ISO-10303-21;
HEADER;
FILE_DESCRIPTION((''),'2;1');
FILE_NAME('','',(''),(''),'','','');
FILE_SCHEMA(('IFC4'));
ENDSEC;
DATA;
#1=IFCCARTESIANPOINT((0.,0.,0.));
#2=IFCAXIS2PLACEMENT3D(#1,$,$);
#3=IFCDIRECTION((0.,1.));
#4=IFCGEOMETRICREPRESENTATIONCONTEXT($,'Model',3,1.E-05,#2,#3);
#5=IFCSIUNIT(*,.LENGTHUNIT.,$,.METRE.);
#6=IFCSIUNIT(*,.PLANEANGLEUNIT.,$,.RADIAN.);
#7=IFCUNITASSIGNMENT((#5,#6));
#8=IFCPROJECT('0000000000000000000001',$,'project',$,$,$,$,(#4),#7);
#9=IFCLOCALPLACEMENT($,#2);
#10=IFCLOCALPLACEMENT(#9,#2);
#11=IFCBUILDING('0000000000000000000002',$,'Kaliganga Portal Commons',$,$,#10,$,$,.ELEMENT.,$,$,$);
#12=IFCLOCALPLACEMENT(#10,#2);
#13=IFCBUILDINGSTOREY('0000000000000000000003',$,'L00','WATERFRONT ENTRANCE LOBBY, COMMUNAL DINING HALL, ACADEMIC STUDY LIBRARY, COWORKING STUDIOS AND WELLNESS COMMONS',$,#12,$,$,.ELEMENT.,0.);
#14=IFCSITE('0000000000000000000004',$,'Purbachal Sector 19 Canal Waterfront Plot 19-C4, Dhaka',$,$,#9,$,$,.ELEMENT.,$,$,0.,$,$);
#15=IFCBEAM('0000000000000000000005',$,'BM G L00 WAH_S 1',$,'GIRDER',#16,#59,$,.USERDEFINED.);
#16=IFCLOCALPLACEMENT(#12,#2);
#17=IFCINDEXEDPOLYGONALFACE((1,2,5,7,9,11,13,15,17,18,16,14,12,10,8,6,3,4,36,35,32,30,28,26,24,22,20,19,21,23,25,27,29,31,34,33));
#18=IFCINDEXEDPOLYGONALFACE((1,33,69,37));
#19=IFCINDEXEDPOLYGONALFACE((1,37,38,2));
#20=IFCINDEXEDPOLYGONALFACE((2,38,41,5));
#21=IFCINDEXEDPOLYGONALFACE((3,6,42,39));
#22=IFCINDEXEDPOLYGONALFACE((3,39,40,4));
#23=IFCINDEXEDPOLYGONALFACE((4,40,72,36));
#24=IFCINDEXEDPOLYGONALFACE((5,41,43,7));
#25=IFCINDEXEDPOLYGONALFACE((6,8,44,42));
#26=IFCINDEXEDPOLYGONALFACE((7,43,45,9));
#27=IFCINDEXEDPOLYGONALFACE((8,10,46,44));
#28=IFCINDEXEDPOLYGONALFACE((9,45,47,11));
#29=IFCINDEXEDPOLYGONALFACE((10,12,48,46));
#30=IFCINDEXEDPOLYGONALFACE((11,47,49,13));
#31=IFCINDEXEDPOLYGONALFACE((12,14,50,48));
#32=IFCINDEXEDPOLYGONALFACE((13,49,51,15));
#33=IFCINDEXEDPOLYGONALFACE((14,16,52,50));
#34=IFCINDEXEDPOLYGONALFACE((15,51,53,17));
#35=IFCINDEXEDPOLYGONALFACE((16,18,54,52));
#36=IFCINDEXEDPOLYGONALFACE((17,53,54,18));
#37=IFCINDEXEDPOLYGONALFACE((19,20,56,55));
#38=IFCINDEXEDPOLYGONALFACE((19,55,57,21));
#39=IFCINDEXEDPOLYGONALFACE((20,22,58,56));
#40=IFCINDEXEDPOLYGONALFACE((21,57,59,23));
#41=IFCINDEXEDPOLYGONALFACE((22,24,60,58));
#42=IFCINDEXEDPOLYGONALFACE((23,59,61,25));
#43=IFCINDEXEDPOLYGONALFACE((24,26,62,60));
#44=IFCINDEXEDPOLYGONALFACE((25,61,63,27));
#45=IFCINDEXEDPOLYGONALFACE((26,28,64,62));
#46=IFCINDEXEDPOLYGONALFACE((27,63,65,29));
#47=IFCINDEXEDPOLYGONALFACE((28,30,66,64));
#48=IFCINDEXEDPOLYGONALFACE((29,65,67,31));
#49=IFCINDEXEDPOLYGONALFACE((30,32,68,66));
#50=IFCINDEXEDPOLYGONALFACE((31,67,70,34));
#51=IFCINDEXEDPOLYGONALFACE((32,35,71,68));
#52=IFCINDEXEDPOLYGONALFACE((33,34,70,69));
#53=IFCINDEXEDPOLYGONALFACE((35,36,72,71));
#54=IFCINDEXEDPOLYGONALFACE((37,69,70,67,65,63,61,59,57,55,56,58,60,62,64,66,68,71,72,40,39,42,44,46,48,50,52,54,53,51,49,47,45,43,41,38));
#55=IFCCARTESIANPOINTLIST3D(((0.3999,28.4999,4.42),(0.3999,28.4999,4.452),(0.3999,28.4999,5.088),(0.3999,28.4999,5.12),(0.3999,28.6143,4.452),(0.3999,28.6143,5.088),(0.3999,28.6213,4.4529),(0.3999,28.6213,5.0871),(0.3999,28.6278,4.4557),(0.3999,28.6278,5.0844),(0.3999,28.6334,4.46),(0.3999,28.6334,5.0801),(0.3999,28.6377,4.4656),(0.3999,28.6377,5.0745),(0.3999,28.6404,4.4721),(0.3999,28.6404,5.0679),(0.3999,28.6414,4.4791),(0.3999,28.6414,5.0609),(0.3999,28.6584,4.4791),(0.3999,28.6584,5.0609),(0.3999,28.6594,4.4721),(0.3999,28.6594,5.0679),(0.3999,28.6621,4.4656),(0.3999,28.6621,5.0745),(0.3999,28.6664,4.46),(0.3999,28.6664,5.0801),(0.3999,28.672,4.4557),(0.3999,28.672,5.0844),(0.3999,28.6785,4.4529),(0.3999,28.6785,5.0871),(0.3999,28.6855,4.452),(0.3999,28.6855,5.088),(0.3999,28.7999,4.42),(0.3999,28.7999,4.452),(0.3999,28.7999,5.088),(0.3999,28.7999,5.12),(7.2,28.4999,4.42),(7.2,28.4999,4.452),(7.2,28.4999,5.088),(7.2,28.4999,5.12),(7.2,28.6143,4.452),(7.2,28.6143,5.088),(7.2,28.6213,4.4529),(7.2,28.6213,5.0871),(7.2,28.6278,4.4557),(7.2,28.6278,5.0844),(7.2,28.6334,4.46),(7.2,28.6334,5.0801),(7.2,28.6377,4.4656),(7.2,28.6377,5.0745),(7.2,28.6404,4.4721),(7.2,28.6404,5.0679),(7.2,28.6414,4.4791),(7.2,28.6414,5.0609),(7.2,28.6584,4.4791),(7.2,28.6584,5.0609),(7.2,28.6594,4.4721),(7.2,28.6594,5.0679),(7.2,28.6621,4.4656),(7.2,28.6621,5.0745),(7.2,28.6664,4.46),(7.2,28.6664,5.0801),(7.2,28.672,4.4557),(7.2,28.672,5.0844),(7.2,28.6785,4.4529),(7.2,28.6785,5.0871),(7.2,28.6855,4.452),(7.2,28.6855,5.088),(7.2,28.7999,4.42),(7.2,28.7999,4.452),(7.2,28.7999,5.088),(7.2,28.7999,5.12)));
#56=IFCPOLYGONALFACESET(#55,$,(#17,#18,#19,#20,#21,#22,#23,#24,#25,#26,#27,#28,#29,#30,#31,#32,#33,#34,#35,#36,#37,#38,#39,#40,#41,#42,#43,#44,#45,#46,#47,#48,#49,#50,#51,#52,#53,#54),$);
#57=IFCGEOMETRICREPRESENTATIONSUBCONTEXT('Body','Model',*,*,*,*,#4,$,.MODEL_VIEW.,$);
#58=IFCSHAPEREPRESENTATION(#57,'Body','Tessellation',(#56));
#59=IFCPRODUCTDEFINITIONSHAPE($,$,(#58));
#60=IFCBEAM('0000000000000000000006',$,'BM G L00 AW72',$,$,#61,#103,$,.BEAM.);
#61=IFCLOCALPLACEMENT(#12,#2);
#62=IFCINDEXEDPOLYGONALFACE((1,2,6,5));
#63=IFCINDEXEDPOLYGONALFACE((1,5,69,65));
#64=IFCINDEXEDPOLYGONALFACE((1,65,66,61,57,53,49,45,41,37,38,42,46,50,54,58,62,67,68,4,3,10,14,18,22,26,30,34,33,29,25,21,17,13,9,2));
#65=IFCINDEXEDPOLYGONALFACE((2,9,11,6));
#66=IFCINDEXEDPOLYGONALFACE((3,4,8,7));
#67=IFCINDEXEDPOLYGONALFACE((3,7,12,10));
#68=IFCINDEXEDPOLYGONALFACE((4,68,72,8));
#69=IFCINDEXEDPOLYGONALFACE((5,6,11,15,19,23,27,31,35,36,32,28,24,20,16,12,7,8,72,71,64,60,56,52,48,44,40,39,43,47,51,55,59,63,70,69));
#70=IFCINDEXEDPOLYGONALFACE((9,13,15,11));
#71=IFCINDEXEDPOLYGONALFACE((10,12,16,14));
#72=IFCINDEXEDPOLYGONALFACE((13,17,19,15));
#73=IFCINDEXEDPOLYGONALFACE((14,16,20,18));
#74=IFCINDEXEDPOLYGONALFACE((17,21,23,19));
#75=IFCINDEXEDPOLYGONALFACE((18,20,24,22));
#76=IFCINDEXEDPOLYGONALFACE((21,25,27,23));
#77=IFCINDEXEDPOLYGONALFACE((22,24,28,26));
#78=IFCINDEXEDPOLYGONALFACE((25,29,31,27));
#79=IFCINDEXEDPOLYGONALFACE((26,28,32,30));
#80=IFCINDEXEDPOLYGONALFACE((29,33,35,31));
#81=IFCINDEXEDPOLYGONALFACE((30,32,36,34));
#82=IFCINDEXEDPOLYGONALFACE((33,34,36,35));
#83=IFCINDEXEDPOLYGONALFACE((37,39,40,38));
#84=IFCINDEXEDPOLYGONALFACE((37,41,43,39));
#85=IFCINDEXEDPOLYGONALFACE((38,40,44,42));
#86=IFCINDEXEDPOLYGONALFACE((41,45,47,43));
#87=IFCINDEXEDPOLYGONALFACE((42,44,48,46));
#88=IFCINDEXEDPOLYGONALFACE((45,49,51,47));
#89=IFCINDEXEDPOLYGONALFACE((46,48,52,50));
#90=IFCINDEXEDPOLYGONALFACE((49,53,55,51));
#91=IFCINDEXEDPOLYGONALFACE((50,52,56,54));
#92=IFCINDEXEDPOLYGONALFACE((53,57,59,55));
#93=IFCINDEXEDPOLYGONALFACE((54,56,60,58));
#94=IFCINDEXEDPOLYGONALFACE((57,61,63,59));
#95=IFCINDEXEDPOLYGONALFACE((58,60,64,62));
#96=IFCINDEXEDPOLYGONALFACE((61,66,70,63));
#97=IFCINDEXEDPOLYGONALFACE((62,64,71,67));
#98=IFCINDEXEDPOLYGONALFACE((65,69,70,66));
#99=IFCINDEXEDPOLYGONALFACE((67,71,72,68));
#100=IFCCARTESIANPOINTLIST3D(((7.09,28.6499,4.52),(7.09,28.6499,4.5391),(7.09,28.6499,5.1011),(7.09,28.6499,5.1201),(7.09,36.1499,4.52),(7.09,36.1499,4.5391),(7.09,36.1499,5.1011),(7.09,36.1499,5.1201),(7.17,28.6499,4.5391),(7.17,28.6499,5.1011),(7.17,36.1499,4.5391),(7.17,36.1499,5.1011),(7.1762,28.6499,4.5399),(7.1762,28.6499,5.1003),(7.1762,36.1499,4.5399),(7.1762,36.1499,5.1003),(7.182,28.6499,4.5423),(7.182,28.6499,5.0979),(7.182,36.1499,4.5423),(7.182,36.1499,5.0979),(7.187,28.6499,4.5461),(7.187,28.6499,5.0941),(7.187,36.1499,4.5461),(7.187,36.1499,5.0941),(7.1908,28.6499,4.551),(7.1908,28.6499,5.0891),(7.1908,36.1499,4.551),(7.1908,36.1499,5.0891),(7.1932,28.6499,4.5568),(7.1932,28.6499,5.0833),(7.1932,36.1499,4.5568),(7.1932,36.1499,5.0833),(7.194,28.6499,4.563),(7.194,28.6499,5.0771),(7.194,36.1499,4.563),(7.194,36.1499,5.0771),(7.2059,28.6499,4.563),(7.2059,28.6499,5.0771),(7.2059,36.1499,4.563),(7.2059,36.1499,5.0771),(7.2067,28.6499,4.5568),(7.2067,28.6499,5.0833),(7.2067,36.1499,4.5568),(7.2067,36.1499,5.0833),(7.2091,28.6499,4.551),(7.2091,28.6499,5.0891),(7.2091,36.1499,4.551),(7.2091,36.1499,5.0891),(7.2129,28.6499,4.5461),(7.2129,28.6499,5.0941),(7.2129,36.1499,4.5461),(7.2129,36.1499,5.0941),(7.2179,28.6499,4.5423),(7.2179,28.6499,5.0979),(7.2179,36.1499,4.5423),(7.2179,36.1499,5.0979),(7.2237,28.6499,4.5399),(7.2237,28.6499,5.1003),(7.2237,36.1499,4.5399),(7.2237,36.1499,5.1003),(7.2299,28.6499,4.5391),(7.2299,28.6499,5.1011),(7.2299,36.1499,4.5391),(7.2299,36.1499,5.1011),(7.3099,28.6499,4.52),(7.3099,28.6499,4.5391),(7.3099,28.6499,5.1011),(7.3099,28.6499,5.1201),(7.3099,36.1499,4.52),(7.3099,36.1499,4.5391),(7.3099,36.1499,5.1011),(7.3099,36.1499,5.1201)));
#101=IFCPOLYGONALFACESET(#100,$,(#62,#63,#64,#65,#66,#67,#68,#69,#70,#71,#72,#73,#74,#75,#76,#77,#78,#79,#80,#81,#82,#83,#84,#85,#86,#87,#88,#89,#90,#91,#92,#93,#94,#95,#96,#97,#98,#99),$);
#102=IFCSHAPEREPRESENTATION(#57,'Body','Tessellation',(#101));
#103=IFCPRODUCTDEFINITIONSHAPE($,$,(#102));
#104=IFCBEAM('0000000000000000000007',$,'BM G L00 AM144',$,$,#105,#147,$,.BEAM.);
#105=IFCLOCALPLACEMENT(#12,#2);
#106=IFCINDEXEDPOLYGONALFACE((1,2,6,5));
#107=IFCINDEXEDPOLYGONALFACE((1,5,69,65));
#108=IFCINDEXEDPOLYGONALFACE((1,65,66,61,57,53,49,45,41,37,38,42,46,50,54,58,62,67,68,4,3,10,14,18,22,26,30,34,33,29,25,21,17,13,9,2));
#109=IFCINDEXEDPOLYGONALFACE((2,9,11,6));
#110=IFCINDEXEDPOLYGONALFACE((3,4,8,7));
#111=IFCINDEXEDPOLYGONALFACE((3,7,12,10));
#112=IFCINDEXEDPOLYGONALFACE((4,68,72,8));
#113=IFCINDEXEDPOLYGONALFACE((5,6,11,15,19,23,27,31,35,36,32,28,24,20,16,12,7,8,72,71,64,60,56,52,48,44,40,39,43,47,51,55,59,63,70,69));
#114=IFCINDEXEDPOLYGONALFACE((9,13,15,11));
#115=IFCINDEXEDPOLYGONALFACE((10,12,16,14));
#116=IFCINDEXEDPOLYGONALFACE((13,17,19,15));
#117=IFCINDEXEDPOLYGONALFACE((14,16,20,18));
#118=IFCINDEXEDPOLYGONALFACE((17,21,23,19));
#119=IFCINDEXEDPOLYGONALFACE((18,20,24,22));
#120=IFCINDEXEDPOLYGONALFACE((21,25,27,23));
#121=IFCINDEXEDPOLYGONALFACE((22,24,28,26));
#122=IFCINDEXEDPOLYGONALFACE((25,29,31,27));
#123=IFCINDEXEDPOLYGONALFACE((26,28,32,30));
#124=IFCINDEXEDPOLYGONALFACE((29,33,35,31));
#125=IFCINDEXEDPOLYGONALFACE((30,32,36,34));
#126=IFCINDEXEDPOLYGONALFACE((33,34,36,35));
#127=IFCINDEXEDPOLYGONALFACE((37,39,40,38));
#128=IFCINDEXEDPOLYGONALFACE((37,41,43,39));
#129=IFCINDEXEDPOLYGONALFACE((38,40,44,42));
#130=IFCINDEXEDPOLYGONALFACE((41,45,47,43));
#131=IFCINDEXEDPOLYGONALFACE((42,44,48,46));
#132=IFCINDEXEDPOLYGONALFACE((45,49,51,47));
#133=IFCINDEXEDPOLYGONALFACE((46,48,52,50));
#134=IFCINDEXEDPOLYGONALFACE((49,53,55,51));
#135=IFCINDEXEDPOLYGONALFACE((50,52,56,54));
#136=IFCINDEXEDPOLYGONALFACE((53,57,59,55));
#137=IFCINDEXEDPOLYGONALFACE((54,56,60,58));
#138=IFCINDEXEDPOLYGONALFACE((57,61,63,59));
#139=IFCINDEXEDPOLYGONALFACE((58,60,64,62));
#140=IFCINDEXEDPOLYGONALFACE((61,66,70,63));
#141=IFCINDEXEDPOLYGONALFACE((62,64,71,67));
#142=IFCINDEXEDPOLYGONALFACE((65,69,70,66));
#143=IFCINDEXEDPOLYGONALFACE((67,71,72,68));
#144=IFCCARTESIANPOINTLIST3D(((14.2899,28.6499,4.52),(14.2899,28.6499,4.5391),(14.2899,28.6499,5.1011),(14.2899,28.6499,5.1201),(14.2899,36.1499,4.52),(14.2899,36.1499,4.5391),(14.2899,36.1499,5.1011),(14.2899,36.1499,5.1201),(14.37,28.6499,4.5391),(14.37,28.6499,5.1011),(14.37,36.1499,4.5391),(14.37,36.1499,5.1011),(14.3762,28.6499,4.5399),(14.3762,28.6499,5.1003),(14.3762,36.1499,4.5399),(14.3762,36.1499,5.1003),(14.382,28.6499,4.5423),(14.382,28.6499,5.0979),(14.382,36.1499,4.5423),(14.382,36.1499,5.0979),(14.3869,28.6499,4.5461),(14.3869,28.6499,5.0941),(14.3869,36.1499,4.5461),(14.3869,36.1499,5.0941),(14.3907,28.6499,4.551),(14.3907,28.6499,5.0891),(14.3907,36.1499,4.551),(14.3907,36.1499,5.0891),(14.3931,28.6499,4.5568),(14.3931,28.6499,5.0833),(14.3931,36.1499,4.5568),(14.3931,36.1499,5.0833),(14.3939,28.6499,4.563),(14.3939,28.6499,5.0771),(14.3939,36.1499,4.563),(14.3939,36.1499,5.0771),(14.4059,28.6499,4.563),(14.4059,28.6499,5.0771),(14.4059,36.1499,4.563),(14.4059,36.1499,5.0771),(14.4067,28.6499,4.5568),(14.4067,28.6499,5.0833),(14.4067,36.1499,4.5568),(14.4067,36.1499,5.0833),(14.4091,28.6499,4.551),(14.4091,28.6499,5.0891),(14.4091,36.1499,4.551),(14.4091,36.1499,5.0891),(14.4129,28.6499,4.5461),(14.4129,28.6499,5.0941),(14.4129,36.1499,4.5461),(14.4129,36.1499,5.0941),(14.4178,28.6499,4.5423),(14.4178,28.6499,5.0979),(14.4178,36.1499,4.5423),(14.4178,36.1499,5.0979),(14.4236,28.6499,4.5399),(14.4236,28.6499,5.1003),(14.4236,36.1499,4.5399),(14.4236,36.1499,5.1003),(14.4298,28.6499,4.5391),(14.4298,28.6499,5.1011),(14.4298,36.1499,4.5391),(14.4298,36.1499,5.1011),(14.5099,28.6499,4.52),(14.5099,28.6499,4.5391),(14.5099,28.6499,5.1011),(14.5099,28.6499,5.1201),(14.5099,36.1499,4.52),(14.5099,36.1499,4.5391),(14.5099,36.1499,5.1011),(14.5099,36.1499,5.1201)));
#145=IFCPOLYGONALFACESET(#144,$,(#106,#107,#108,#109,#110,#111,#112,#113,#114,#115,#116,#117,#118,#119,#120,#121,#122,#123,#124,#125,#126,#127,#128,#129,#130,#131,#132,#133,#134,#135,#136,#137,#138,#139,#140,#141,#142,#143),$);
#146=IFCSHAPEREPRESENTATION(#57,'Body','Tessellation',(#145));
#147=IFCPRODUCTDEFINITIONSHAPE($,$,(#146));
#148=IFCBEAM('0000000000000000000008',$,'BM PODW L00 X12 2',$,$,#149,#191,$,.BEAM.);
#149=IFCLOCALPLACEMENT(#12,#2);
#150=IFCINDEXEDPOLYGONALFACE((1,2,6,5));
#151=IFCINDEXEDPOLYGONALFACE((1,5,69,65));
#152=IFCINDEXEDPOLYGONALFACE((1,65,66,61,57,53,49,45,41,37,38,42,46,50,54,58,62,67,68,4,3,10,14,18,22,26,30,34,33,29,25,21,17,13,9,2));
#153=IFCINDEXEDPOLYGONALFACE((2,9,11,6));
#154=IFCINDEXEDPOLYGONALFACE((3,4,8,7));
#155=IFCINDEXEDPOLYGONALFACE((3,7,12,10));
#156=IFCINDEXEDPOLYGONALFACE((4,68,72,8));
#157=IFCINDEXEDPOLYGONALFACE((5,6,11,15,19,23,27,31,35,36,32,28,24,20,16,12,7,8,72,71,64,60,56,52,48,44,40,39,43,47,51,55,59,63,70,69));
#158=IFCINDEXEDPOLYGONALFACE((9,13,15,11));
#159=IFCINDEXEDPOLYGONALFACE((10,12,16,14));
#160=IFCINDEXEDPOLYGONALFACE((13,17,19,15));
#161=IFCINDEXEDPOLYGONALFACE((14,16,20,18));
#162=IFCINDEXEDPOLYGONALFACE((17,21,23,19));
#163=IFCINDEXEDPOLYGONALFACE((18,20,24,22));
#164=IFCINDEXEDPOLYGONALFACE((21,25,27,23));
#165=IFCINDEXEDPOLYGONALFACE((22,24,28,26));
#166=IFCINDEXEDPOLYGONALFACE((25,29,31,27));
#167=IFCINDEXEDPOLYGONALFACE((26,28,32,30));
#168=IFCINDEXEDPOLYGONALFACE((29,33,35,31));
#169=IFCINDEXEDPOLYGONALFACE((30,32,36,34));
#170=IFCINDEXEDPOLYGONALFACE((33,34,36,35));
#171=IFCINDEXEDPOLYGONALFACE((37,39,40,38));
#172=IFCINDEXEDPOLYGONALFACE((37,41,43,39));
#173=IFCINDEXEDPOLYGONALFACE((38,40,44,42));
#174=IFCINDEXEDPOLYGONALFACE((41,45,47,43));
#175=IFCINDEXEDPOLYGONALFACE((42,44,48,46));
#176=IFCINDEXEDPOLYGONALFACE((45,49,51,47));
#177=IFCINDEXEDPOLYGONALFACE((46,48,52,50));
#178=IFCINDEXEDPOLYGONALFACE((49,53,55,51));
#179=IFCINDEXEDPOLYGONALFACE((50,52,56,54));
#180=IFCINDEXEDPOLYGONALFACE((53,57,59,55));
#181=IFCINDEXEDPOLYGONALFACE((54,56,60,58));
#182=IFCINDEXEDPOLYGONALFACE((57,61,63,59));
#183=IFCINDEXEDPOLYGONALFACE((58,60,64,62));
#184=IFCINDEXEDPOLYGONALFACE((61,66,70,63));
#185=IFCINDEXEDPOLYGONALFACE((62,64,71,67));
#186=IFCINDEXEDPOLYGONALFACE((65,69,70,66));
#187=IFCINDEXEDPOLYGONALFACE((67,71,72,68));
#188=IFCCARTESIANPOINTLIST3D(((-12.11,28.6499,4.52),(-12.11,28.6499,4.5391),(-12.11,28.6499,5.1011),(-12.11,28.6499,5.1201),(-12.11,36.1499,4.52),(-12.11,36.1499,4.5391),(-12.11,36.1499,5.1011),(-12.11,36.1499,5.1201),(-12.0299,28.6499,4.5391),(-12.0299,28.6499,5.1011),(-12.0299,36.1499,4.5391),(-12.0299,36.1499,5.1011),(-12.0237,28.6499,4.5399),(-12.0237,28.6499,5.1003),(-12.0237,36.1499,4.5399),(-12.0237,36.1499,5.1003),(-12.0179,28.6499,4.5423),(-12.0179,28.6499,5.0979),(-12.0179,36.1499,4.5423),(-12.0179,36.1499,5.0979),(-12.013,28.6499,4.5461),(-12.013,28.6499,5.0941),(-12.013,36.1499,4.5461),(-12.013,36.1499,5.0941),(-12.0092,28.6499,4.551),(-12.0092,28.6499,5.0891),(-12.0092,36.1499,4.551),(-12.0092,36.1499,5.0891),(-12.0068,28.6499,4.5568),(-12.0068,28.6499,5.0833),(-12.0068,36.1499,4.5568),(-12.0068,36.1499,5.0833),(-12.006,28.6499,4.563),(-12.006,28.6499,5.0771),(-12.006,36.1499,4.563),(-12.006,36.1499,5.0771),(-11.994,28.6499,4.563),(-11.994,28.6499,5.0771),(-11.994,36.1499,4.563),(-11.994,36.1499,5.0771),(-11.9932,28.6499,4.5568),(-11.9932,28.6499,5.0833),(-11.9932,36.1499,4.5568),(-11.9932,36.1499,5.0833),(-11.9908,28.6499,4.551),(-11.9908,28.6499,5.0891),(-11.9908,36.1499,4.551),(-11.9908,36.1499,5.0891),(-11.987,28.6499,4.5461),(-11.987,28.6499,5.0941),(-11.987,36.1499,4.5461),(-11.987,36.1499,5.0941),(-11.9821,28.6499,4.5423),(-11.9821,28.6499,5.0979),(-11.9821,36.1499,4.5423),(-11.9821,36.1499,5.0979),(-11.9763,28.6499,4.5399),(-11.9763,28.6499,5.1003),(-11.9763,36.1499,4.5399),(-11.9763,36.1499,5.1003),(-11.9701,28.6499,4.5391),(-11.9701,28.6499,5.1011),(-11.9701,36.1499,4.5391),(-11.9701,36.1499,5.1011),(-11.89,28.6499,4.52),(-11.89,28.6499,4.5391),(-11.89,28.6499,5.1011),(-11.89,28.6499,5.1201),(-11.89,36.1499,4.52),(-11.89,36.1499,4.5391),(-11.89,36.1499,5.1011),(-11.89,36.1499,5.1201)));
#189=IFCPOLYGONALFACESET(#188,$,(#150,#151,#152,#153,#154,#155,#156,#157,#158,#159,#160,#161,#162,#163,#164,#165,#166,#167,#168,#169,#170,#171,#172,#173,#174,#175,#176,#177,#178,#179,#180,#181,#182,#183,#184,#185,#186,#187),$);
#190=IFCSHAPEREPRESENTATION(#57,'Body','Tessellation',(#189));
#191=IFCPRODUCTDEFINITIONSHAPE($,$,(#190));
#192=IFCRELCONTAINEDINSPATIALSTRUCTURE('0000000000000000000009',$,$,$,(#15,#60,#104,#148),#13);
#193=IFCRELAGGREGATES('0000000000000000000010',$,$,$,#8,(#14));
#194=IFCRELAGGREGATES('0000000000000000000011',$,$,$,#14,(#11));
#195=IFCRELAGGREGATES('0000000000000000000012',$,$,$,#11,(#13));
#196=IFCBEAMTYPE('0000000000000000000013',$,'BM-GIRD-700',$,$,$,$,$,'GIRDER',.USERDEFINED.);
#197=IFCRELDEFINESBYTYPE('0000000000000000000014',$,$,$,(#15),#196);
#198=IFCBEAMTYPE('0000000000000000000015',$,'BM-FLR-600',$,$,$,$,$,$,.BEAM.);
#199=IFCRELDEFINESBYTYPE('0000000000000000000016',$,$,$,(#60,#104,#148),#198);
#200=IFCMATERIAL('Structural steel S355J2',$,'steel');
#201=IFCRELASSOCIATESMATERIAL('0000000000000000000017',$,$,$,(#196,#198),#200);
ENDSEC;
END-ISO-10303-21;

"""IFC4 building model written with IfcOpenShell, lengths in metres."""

from ifc_helpers import new_model, si_unit, direction, frame, origin, origin_2d, place, context, subcontext, project, spatial, i_section, extrude, source, transform, mapped, material, material_profile, profile_set, type_object, element, save


model = new_model("IFC4")

# Units and contexts
model_context = context("Model", 3, precision=1e-05, world=origin(), true_north=direction((0.0, 1.0)))
body_context = subcontext(model_context, "Body", "Model", "MODEL_VIEW")
ifc_project = project(units=[si_unit("LENGTHUNIT", "METRE"), si_unit("PLANEANGLEUNIT", "RADIAN")], contexts=[model_context])

# Site, building, storey
site_placement = place(None, origin())
site = spatial("IfcSite", under=ifc_project, at=site_placement, Name="Purbachal Sector 19 Canal Waterfront Plot 19-C4, Dhaka", CompositionType="ELEMENT", RefElevation=0.0)
building_placement = place(site_placement, origin())
building = spatial("IfcBuilding", under=site, at=building_placement, Name="Kaliganga Portal Commons", CompositionType="ELEMENT")
storey_placement = place(building_placement, origin())
storey = spatial("IfcBuildingStorey", under=building, at=storey_placement, Name="L00", Description="WATERFRONT ENTRANCE LOBBY, COMMUNAL DINING HALL, ACADEMIC STUDY LIBRARY, COWORKING STUDIOS AND WELLNESS COMMONS", CompositionType="ELEMENT", Elevation=0.0)

# Beams
ifc_material_1 = material(Name="Structural steel S355J2", Category="steel")
ifc_material_profile_1 = material_profile(ifc_material_1, i_section(OverallWidth=0.3, OverallDepth=0.7, WebThickness=0.0171, FlangeThickness=0.032, FilletRadius=0.0271, at=origin_2d()), Name="HE 700 B")
ifc_profile_set_1 = profile_set([ifc_material_profile_1], Name="Structural steel S355J2 wide-flange")
beam_type_1 = type_object("IfcBeamType", Name="BM-GIRD-700", ElementType="GIRDER", PredefinedType="USERDEFINED", material=ifc_profile_set_1)
shared_shape_1 = source(origin(), body_context, "Body", "SweptSolid", [
    extrude(i_section(OverallWidth=0.3, OverallDepth=0.7, WebThickness=0.0171, FlangeThickness=0.032, FilletRadius=0.0271, at=origin_2d()), origin(), (0.0, 0.0, 1.0), 6.8),
])
beam_1_placement = place(storey_placement, frame((0.3999, 28.6499, 4.77), z_axis=(1.0, 0.0, 0.0), x_axis=(0.0, 1.0, 0.0)))
element("IfcBeam", 1, at=beam_1_placement, inside=storey, type_object=beam_type_1, Name="BM G L00 WAH_S 1", ObjectType="GIRDER", PredefinedType="USERDEFINED", context=body_context, shape_type="MappedRepresentation", body=[
    mapped(shared_shape_1, transform((0.0, 0.0, 0.0), x_axis=(1.0, 0.0, 0.0), y_axis=(0.0, 1.0, 0.0), z_axis=(0.0, 0.0, 1.0), scale=1.0)),
])
ifc_material_profile_2 = material_profile(ifc_material_1, i_section(OverallWidth=0.22, OverallDepth=0.6001, WebThickness=0.012, FlangeThickness=0.019, FilletRadius=0.0239, at=origin_2d()), Name="IPE 600")
ifc_profile_set_2 = profile_set([ifc_material_profile_2], Name="Structural steel S355J2 wide-flange")
beam_type_2 = type_object("IfcBeamType", Name="BM-FLR-600", PredefinedType="BEAM", material=ifc_profile_set_2)
shared_shape_2 = source(origin(), body_context, "Body", "SweptSolid", [
    extrude(i_section(OverallWidth=0.22, OverallDepth=0.6001, WebThickness=0.012, FlangeThickness=0.019, FilletRadius=0.0239, at=origin_2d()), origin(), (0.0, 0.0, 1.0), 7.5),
])
for number, where, z_axis, x_axis, name in (
    (2, (7.2, 28.6499, 4.8201), (0.0, 1.0, 0.0), (-1.0, 0.0, 0.0), "BM G L00 AW72"),
    (3, (14.3999, 28.6499, 4.8201), (0.0, 1.0, 0.0), (-1.0, 0.0, 0.0), "BM G L00 AM144"),
    (4, (-12.0, 28.6499, 4.8201), (0.0, 1.0, 0.0), (-1.0, 0.0, 0.0), "BM PODW L00 X12 2"),
):
    element("IfcBeam", number, at=place(storey_placement, frame(where, z_axis=z_axis, x_axis=x_axis)), inside=storey, type_object=beam_type_2, Name=name, PredefinedType="BEAM", context=body_context, shape_type="MappedRepresentation", body=[
        mapped(shared_shape_2, transform((0.0, 0.0, 0.0), x_axis=(1.0, 0.0, 0.0), y_axis=(0.0, 1.0, 0.0), z_axis=(0.0, 0.0, 1.0), scale=1.0)),
    ])

save(model, "model.ifc")
